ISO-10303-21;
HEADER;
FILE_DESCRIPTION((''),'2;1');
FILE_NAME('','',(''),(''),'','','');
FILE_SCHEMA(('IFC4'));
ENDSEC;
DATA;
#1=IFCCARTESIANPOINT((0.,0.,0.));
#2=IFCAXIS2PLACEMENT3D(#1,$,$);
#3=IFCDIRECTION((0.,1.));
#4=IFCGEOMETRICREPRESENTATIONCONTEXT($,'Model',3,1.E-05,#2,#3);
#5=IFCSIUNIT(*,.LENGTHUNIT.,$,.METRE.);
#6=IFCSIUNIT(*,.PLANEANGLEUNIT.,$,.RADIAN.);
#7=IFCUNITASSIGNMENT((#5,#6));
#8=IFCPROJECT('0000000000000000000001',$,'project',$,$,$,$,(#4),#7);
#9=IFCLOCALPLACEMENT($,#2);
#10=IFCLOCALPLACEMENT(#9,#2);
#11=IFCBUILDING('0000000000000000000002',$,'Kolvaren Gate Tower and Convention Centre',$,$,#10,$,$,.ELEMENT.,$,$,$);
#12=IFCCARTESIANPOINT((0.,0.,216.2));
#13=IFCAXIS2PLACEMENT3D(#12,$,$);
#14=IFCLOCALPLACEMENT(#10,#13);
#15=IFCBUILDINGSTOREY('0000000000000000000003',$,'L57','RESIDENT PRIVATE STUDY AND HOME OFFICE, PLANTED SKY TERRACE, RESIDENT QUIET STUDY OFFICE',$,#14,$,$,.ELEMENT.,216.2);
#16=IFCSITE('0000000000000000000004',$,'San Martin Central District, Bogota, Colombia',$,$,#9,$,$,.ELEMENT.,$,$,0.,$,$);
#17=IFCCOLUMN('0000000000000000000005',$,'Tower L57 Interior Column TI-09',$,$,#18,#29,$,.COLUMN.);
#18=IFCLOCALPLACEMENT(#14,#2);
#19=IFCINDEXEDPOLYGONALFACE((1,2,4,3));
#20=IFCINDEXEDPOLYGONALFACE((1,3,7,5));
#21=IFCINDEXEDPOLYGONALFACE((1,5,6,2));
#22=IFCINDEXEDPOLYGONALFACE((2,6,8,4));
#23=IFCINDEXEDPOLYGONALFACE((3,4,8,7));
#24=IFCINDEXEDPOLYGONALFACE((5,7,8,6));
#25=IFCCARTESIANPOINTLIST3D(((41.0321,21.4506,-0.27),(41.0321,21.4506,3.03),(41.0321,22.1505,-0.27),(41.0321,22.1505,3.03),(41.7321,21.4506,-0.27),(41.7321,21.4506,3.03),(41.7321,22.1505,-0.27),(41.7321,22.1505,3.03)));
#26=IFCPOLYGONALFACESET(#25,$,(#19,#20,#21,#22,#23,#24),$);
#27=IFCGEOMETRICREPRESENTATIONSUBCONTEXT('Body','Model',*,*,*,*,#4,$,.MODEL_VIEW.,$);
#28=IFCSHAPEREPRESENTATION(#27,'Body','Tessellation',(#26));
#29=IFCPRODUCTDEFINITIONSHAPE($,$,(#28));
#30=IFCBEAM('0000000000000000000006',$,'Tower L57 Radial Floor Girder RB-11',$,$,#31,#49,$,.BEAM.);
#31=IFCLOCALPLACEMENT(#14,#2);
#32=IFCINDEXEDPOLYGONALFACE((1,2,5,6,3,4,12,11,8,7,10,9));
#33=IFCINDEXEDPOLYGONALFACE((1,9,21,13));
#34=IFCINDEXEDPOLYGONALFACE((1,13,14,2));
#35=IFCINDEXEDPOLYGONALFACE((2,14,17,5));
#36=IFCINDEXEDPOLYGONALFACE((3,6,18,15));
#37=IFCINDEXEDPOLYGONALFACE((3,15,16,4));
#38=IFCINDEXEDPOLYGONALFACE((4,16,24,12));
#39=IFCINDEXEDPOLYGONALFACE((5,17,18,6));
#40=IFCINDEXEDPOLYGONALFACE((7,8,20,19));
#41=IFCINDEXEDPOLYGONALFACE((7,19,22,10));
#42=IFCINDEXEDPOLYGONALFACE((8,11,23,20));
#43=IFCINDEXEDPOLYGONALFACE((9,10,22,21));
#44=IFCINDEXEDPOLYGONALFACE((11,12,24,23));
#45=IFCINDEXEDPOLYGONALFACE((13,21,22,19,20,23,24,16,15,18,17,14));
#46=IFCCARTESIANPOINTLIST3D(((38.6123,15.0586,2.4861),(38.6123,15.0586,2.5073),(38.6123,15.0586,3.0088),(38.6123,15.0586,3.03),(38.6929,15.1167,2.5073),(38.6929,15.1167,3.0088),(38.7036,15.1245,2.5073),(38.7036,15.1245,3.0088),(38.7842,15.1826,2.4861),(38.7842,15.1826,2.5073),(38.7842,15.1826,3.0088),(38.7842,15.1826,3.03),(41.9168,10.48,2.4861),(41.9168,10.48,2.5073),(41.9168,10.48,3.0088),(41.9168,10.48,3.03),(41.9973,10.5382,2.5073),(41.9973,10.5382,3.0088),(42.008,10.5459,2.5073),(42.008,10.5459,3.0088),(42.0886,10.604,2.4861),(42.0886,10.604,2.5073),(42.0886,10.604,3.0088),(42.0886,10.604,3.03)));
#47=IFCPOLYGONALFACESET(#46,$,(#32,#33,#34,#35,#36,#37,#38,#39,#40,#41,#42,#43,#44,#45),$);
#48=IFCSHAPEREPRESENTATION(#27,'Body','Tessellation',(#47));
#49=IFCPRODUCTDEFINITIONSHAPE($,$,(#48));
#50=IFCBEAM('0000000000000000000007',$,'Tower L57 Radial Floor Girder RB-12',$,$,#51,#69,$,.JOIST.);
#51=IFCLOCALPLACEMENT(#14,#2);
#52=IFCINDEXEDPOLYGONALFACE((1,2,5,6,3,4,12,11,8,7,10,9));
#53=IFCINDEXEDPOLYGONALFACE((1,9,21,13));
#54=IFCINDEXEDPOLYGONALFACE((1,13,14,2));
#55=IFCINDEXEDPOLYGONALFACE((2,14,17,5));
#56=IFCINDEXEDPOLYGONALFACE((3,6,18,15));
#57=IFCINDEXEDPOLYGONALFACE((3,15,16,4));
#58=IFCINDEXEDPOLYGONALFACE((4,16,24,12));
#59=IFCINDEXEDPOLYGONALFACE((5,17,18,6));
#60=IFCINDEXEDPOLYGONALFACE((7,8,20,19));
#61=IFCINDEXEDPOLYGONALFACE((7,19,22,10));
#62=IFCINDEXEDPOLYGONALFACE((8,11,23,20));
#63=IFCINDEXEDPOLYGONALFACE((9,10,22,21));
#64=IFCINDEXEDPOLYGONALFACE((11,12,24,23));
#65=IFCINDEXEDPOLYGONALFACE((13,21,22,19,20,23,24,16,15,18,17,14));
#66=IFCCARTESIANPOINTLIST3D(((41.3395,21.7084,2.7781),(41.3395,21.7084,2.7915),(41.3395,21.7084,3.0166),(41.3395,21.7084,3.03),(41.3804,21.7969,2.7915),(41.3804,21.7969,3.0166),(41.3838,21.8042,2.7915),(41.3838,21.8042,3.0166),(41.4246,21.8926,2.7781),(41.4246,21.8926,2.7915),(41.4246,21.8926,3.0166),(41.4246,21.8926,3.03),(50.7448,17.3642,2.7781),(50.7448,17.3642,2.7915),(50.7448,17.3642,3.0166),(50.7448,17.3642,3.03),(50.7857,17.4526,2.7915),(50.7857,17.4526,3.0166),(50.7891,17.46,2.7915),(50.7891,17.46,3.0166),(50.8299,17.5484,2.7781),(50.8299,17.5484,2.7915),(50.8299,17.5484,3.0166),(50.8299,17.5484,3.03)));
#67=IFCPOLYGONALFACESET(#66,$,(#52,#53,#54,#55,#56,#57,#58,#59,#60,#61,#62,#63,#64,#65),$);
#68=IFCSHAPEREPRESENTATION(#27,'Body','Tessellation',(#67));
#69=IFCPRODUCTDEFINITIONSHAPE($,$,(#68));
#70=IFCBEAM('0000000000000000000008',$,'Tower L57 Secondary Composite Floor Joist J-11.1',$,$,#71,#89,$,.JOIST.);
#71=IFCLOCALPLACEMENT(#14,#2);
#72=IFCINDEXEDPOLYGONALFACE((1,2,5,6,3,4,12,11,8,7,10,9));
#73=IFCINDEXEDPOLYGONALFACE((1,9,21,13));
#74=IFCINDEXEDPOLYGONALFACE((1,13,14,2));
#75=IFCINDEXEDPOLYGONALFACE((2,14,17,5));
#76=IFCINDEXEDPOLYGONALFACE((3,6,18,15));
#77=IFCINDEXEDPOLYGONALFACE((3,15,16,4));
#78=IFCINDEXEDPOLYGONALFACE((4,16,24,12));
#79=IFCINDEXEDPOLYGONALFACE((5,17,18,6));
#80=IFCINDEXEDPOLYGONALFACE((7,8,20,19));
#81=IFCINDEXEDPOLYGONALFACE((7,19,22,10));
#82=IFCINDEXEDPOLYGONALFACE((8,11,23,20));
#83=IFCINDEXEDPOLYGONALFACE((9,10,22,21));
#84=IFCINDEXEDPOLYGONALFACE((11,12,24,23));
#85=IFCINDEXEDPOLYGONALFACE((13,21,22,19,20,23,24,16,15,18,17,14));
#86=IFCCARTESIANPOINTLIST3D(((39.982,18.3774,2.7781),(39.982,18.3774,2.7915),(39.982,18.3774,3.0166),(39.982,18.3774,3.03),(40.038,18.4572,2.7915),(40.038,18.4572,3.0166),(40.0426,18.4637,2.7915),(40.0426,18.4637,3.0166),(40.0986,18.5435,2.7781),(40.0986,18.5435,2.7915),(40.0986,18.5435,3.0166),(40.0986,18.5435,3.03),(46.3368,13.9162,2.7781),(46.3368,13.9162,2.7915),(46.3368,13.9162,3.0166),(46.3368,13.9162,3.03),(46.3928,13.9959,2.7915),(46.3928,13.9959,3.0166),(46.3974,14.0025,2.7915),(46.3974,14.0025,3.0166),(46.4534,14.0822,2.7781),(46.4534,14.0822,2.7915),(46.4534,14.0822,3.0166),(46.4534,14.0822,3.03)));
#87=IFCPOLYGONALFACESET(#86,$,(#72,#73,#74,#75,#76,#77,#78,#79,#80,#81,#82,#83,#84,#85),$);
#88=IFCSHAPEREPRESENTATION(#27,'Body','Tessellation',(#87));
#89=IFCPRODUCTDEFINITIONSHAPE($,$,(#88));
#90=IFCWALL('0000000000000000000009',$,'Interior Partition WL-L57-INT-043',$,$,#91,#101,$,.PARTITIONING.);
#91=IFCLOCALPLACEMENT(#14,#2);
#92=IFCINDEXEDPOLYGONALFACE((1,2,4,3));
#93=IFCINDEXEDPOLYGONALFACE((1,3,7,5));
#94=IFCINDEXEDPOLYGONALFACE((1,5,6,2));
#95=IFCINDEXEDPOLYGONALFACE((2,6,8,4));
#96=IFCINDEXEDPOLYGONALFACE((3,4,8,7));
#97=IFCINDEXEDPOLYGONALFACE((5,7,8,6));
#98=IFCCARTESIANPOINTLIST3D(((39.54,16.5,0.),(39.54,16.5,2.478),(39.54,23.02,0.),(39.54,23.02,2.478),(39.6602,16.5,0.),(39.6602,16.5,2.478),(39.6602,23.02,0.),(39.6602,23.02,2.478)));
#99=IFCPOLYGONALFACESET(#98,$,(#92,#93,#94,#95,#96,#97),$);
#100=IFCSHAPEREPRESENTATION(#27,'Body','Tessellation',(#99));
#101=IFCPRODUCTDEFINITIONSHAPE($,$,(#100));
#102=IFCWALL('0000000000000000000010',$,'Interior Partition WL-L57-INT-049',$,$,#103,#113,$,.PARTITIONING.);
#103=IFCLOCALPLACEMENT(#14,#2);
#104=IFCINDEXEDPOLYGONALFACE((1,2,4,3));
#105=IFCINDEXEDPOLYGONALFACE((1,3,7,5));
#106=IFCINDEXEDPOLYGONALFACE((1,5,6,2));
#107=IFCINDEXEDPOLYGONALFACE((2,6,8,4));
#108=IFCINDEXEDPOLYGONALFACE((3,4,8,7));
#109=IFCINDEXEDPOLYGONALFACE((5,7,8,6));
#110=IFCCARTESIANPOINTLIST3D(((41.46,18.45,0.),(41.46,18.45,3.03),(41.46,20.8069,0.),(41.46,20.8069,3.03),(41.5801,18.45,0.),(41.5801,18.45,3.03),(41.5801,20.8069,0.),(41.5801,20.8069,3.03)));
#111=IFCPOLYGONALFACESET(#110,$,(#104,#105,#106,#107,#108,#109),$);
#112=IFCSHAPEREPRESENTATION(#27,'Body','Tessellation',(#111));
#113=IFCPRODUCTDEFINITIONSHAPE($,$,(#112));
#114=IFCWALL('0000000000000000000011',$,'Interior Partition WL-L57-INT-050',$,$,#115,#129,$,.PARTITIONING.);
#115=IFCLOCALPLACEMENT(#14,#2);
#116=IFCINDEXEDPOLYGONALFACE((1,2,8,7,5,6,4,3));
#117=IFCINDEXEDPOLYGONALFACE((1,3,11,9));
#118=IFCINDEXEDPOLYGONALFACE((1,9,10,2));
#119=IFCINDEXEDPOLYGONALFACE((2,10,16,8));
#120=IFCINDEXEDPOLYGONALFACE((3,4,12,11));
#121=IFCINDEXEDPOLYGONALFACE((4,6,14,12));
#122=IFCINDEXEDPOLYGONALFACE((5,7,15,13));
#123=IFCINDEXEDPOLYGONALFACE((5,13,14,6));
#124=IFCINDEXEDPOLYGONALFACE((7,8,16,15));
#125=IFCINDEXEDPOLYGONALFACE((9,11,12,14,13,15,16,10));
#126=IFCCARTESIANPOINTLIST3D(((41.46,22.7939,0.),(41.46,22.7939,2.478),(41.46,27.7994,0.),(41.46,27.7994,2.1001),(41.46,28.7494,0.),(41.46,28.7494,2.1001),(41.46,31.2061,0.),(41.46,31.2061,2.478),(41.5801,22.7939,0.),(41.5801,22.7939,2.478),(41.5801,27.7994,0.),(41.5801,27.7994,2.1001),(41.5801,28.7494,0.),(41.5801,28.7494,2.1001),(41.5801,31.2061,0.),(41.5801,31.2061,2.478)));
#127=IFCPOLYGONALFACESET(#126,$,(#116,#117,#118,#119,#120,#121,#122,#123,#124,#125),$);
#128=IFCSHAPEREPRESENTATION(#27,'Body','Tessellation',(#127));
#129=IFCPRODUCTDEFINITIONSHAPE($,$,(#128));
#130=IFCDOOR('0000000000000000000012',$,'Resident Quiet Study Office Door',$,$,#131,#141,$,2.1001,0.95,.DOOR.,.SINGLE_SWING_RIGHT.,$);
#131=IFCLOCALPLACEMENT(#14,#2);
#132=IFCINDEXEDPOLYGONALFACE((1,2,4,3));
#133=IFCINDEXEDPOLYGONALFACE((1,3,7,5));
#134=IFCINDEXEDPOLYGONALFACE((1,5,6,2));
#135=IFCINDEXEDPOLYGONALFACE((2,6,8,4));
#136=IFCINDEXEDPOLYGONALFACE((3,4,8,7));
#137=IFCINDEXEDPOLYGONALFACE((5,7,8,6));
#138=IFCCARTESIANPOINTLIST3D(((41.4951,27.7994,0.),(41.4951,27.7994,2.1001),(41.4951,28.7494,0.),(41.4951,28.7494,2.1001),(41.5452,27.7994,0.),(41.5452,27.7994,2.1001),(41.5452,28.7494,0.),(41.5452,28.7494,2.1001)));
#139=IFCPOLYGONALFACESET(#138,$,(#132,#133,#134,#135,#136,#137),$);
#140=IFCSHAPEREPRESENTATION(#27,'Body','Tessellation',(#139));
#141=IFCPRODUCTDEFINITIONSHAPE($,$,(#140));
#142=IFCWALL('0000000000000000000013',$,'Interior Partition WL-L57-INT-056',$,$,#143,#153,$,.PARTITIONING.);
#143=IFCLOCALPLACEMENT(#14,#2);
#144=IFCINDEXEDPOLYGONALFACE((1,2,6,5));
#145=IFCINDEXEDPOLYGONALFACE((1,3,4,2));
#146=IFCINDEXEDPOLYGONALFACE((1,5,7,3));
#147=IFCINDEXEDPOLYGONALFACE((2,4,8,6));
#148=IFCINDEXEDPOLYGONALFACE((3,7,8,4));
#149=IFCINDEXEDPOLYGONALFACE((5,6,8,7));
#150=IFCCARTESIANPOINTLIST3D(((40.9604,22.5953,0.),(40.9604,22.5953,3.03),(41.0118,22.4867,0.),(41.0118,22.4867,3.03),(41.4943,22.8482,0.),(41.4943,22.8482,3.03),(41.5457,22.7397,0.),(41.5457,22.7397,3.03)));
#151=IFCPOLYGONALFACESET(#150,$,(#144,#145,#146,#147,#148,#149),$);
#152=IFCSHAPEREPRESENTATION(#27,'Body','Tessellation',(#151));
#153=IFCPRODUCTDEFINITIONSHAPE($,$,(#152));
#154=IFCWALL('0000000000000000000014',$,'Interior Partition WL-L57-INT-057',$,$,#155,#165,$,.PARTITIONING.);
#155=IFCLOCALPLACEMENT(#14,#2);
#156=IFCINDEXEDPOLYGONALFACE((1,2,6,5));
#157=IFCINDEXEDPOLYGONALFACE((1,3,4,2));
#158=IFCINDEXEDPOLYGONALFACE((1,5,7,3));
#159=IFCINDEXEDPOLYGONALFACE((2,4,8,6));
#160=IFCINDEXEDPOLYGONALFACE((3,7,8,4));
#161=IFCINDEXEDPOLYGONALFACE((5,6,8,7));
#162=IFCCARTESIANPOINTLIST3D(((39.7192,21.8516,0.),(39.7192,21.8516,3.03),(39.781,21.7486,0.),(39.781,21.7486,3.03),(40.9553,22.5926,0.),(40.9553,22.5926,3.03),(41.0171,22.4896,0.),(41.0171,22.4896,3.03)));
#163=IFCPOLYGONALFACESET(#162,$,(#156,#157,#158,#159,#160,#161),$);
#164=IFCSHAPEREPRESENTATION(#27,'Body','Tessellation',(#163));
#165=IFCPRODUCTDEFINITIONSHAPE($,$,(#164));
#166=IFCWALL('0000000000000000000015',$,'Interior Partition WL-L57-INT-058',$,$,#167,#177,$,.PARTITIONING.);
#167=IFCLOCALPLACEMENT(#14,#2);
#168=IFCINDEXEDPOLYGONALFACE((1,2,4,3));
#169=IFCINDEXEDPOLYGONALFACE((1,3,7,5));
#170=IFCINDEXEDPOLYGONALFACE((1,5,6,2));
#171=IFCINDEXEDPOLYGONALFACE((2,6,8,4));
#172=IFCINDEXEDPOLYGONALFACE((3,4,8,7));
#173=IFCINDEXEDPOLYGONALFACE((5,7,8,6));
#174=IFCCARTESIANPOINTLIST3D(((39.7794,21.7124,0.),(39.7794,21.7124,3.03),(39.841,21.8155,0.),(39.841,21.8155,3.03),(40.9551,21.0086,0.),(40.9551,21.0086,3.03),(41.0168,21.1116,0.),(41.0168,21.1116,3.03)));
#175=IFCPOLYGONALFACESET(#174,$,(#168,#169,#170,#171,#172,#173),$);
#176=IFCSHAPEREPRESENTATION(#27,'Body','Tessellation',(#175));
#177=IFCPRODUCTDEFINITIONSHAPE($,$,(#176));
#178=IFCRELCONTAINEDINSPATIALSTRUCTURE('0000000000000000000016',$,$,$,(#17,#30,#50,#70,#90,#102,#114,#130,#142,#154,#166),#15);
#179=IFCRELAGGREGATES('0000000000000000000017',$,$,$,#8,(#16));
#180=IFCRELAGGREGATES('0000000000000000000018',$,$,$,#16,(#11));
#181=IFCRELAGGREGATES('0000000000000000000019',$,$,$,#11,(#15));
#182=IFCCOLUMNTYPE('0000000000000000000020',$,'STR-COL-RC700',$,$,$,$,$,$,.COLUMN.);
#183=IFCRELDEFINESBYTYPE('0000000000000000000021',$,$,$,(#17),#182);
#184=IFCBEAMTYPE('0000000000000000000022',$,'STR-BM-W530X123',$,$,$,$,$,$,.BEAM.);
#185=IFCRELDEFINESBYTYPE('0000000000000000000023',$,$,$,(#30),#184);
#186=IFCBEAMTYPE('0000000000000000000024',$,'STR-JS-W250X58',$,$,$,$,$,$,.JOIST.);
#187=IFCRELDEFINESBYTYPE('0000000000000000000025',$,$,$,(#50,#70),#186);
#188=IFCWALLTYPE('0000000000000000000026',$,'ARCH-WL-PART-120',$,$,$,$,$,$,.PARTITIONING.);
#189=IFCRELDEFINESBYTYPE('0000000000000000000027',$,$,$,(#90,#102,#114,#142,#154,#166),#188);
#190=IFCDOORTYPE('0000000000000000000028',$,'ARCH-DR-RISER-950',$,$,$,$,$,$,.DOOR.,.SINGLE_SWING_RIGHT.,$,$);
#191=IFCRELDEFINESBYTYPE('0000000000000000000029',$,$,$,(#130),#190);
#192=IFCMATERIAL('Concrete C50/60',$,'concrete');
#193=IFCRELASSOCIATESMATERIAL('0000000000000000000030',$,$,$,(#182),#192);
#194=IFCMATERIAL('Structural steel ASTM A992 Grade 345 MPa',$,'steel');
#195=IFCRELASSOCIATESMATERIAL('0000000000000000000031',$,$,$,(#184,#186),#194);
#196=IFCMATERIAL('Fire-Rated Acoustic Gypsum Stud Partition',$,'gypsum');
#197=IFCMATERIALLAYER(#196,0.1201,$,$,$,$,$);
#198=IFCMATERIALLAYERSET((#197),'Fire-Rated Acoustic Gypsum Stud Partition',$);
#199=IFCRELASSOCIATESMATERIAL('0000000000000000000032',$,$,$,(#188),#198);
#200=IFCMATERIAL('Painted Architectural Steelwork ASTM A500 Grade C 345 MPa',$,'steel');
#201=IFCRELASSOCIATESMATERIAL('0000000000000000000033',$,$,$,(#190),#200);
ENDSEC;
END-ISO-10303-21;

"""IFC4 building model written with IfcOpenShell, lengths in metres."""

from ifc_helpers import new_model, si_unit, direction, frame, frame_2d, origin, origin_2d, place, context, subcontext, project, spatial, rectangle, i_section, extrude, material, layer, layer_set, material_profile, profile_set, type_object, element, fill, save


model = new_model("IFC4")

# Units and contexts
model_context = context("Model", 3, precision=1e-05, world=origin(), true_north=direction((0.0, 1.0)))
body_context = subcontext(model_context, "Body", "Model", "MODEL_VIEW")
ifc_project = project(units=[si_unit("LENGTHUNIT", "METRE"), si_unit("PLANEANGLEUNIT", "RADIAN")], contexts=[model_context])

# Site, building, storey
site_placement = place(None, origin())
site = spatial("IfcSite", under=ifc_project, at=site_placement, Name="San Martin Central District, Bogota, Colombia", CompositionType="ELEMENT", RefElevation=0.0)
building_placement = place(site_placement, origin())
building = spatial("IfcBuilding", under=site, at=building_placement, Name="Kolvaren Gate Tower and Convention Centre", CompositionType="ELEMENT")
storey_placement = place(building_placement, frame((0.0, 0.0, 216.2)))
storey = spatial("IfcBuildingStorey", under=building, at=storey_placement, Name="L57", Description="RESIDENT PRIVATE STUDY AND HOME OFFICE, PLANTED SKY TERRACE, RESIDENT QUIET STUDY OFFICE", CompositionType="ELEMENT", Elevation=216.2)

# Column
ifc_material_1 = material(Name="Concrete C50/60", Category="concrete")
ifc_material_profile_1 = material_profile(ifc_material_1, rectangle(XDim=0.7, YDim=0.7, at=origin_2d()), Name="RC-COL-700X700")
ifc_profile_set_1 = profile_set([ifc_material_profile_1], Name="Concrete C50/60")
column_type = type_object("IfcColumnType", Name="STR-COL-RC700", PredefinedType="COLUMN", material=ifc_profile_set_1)
column_placement = place(storey_placement, frame((41.3821, 21.8005, -0.27), z_axis=(0.0, 0.0, 1.0), x_axis=(1.0, 0.0, 0.0)))
element("IfcColumn", 1, at=column_placement, inside=storey, type_object=column_type, Name="Tower L57 Interior Column TI-09", PredefinedType="COLUMN", context=body_context, shape_type="SweptSolid", body=[
    extrude(rectangle(XDim=0.7, YDim=0.7, at=origin_2d()), origin(), (0.0, 0.0, 1.0), 3.3),
])

# Beams
ifc_material_2 = material(Name="Structural steel ASTM A992 Grade 345 MPa", Category="steel")
ifc_material_profile_2 = material_profile(ifc_material_2, i_section(OverallWidth=0.2119, OverallDepth=0.5439, WebThickness=0.0132, FlangeThickness=0.0212, at=origin_2d()), Name="W530X123")
ifc_profile_set_2 = profile_set([ifc_material_profile_2], Name="Structural steel ASTM A992 Grade 345 MPa")
beam_type_1 = type_object("IfcBeamType", Name="STR-BM-W530X123", PredefinedType="BEAM", material=ifc_profile_set_2)
beam_1_placement = place(storey_placement, frame((38.6982, 15.1206, 2.7581), z_axis=(0.585219, -0.810875, 0.0), x_axis=(0.810875, 0.585219, 0.0)))
element("IfcBeam", 2, at=beam_1_placement, inside=storey, type_object=beam_type_1, Name="Tower L57 Radial Floor Girder RB-11", PredefinedType="BEAM", context=body_context, shape_type="SweptSolid", body=[
    extrude(i_section(OverallWidth=0.2119, OverallDepth=0.5439, WebThickness=0.0132, FlangeThickness=0.0212, at=origin_2d()), origin(), (0.0, 0.0, 1.0), 5.6465),
])
ifc_material_profile_3 = material_profile(ifc_material_2, i_section(OverallWidth=0.2029, OverallDepth=0.252, WebThickness=0.0081, FlangeThickness=0.0134, at=origin_2d()), Name="W250X58")
ifc_profile_set_3 = profile_set([ifc_material_profile_3], Name="Structural steel ASTM A992 Grade 345 MPa")
beam_type_2 = type_object("IfcBeamType", Name="STR-JS-W250X58", PredefinedType="JOIST", material=ifc_profile_set_3)
beam_2_placement = place(storey_placement, frame((41.3821, 21.8005, 2.9041), z_axis=(0.907837, -0.419324, 0.0), x_axis=(0.419324, 0.907837, 0.0)))
element("IfcBeam", 3, at=beam_2_placement, inside=storey, type_object=beam_type_2, Name="Tower L57 Radial Floor Girder RB-12", PredefinedType="JOIST", context=body_context, shape_type="SweptSolid", body=[
    extrude(i_section(OverallWidth=0.2029, OverallDepth=0.252, WebThickness=0.0081, FlangeThickness=0.0134, at=origin_2d()), origin(), (0.0, 0.0, 1.0), 10.3601),
])
beam_3_placement = place(storey_placement, frame((40.0403, 18.4604, 2.9041), z_axis=(0.818453, -0.574574, 0.0), x_axis=(0.574574, 0.818453, 0.0)))
element("IfcBeam", 4, at=beam_3_placement, inside=storey, type_object=beam_type_2, Name="Tower L57 Secondary Composite Floor Joist J-11.1", PredefinedType="JOIST", context=body_context, shape_type="SweptSolid", body=[
    extrude(i_section(OverallWidth=0.2029, OverallDepth=0.252, WebThickness=0.0081, FlangeThickness=0.0134, at=origin_2d()), origin(), (0.0, 0.0, 1.0), 7.7644),
])

# Walls
ifc_material_3 = material(Name="Fire-Rated Acoustic Gypsum Stud Partition", Category="gypsum")
ifc_layer_1 = layer(ifc_material_3, 0.1201)
ifc_layer_set_1 = layer_set([ifc_layer_1], Name="Fire-Rated Acoustic Gypsum Stud Partition")
wall_type_1 = type_object("IfcWallType", Name="ARCH-WL-PART-120", PredefinedType="PARTITIONING", material=ifc_layer_set_1)
wall_1_placement = place(storey_placement, frame((39.6001, 16.5, 0.0), z_axis=(0.0, 0.0, 1.0), x_axis=(0.0, 1.0, 0.0)))
element("IfcWall", 5, at=wall_1_placement, inside=storey, type_object=wall_type_1, Name="Interior Partition WL-L57-INT-043", PredefinedType="PARTITIONING", context=body_context, shape_type="SweptSolid", body=[
    extrude(rectangle(XDim=6.52, YDim=0.1201, at=frame_2d((3.26, 0.0))), origin(), (0.0, 0.0, 1.0), 2.478),
])
wall_2_placement = place(storey_placement, frame((41.52, 18.45, 0.0), z_axis=(0.0, 0.0, 1.0), x_axis=(0.0, 1.0, 0.0)))
element("IfcWall", 6, at=wall_2_placement, inside=storey, type_object=wall_type_1, Name="Interior Partition WL-L57-INT-049", PredefinedType="PARTITIONING", context=body_context, shape_type="SweptSolid", body=[
    extrude(rectangle(XDim=2.3569, YDim=0.1201, at=frame_2d((1.1785, 0.0))), origin(), (0.0, 0.0, 1.0), 3.03),
])

# Wall, opening, door
wall_3_placement = place(storey_placement, frame((41.52, 22.7939, 0.0), z_axis=(0.0, 0.0, 1.0), x_axis=(0.0, 1.0, 0.0)))
wall_3 = element("IfcWall", 7, at=wall_3_placement, inside=storey, type_object=wall_type_1, Name="Interior Partition WL-L57-INT-050", PredefinedType="PARTITIONING", context=body_context, shape_type="SweptSolid", body=[
    extrude(rectangle(XDim=8.4121, YDim=0.1201, at=frame_2d((4.2061, 0.0))), origin(), (0.0, 0.0, 1.0), 2.478),
])
opening_1_placement = place(wall_3_placement, frame((5.0054, 0.0, 0.0)))
opening_1 = element("IfcOpeningElement", 8, at=opening_1_placement, cuts=wall_3, PredefinedType="OPENING", context=body_context, shape_type="SweptSolid", body=[
    extrude(rectangle(XDim=0.95, YDim=2.1001, at=frame_2d((0.4751, 1.05))), frame((0.0, 0.0701, 0.0), z_axis=(0.0, -1.0, 0.0), x_axis=(1.0, 0.0, 0.0)), (0.0, 0.0, 1.0), 0.1401),
])
ifc_material_4 = material(Name="Painted Architectural Steelwork ASTM A500 Grade C 345 MPa", Category="steel")
door_type = type_object("IfcDoorType", Name="ARCH-DR-RISER-950", OperationType="SINGLE_SWING_RIGHT", PredefinedType="DOOR", material=ifc_material_4)
door_1_placement = place(opening_1_placement, origin())
door_1 = element("IfcDoor", 9, at=door_1_placement, inside=storey, type_object=door_type, Name="Resident Quiet Study Office Door", OperationType="SINGLE_SWING_RIGHT", OverallHeight=2.1001, OverallWidth=0.95, PredefinedType="DOOR", context=body_context, shape_type="SweptSolid", body=[
    extrude(rectangle(XDim=0.95, YDim=2.1001, at=frame_2d((0.4751, 1.05))), frame((0.0, 0.0249, 0.0), z_axis=(0.0, -1.0, 0.0), x_axis=(1.0, 0.0, 0.0)), (0.0, 0.0, 1.0), 0.05),
])
fill(opening_1, door_1)

# Walls
wall_4_placement = place(storey_placement, frame((40.9861, 22.541, 0.0), z_axis=(0.0, 0.0, 1.0), x_axis=(0.903729, 0.428104, 0.0)))
element("IfcWall", 10, at=wall_4_placement, inside=storey, type_object=wall_type_1, Name="Interior Partition WL-L57-INT-056", PredefinedType="PARTITIONING", context=body_context, shape_type="SweptSolid", body=[
    extrude(rectangle(XDim=0.5908, YDim=0.1201, at=frame_2d((0.2954, 0.0))), origin(), (0.0, 0.0, 1.0), 3.03),
])
wall_5_placement = place(storey_placement, frame((39.75, 21.8, 0.0), z_axis=(0.0, 0.0, 1.0), x_axis=(0.857702, 0.514147, 0.0)))
element("IfcWall", 11, at=wall_5_placement, inside=storey, type_object=wall_type_1, Name="Interior Partition WL-L57-INT-057", PredefinedType="PARTITIONING", context=body_context, shape_type="SweptSolid", body=[
    extrude(rectangle(XDim=1.4412, YDim=0.1201, at=frame_2d((0.7207, 0.0))), origin(), (0.0, 0.0, 1.0), 3.03),
])
wall_6_placement = place(storey_placement, frame((39.8103, 21.7639, 0.0), z_axis=(0.0, 0.0, 1.0), x_axis=(0.858011, -0.513631, 0.0)))
element("IfcWall", 12, at=wall_6_placement, inside=storey, type_object=wall_type_1, Name="Interior Partition WL-L57-INT-058", PredefinedType="PARTITIONING", context=body_context, shape_type="SweptSolid", body=[
    extrude(rectangle(XDim=1.3704, YDim=0.1201, at=frame_2d((0.6851, 0.0))), origin(), (0.0, 0.0, 1.0), 3.03),
])

save(model, "model.ifc")
